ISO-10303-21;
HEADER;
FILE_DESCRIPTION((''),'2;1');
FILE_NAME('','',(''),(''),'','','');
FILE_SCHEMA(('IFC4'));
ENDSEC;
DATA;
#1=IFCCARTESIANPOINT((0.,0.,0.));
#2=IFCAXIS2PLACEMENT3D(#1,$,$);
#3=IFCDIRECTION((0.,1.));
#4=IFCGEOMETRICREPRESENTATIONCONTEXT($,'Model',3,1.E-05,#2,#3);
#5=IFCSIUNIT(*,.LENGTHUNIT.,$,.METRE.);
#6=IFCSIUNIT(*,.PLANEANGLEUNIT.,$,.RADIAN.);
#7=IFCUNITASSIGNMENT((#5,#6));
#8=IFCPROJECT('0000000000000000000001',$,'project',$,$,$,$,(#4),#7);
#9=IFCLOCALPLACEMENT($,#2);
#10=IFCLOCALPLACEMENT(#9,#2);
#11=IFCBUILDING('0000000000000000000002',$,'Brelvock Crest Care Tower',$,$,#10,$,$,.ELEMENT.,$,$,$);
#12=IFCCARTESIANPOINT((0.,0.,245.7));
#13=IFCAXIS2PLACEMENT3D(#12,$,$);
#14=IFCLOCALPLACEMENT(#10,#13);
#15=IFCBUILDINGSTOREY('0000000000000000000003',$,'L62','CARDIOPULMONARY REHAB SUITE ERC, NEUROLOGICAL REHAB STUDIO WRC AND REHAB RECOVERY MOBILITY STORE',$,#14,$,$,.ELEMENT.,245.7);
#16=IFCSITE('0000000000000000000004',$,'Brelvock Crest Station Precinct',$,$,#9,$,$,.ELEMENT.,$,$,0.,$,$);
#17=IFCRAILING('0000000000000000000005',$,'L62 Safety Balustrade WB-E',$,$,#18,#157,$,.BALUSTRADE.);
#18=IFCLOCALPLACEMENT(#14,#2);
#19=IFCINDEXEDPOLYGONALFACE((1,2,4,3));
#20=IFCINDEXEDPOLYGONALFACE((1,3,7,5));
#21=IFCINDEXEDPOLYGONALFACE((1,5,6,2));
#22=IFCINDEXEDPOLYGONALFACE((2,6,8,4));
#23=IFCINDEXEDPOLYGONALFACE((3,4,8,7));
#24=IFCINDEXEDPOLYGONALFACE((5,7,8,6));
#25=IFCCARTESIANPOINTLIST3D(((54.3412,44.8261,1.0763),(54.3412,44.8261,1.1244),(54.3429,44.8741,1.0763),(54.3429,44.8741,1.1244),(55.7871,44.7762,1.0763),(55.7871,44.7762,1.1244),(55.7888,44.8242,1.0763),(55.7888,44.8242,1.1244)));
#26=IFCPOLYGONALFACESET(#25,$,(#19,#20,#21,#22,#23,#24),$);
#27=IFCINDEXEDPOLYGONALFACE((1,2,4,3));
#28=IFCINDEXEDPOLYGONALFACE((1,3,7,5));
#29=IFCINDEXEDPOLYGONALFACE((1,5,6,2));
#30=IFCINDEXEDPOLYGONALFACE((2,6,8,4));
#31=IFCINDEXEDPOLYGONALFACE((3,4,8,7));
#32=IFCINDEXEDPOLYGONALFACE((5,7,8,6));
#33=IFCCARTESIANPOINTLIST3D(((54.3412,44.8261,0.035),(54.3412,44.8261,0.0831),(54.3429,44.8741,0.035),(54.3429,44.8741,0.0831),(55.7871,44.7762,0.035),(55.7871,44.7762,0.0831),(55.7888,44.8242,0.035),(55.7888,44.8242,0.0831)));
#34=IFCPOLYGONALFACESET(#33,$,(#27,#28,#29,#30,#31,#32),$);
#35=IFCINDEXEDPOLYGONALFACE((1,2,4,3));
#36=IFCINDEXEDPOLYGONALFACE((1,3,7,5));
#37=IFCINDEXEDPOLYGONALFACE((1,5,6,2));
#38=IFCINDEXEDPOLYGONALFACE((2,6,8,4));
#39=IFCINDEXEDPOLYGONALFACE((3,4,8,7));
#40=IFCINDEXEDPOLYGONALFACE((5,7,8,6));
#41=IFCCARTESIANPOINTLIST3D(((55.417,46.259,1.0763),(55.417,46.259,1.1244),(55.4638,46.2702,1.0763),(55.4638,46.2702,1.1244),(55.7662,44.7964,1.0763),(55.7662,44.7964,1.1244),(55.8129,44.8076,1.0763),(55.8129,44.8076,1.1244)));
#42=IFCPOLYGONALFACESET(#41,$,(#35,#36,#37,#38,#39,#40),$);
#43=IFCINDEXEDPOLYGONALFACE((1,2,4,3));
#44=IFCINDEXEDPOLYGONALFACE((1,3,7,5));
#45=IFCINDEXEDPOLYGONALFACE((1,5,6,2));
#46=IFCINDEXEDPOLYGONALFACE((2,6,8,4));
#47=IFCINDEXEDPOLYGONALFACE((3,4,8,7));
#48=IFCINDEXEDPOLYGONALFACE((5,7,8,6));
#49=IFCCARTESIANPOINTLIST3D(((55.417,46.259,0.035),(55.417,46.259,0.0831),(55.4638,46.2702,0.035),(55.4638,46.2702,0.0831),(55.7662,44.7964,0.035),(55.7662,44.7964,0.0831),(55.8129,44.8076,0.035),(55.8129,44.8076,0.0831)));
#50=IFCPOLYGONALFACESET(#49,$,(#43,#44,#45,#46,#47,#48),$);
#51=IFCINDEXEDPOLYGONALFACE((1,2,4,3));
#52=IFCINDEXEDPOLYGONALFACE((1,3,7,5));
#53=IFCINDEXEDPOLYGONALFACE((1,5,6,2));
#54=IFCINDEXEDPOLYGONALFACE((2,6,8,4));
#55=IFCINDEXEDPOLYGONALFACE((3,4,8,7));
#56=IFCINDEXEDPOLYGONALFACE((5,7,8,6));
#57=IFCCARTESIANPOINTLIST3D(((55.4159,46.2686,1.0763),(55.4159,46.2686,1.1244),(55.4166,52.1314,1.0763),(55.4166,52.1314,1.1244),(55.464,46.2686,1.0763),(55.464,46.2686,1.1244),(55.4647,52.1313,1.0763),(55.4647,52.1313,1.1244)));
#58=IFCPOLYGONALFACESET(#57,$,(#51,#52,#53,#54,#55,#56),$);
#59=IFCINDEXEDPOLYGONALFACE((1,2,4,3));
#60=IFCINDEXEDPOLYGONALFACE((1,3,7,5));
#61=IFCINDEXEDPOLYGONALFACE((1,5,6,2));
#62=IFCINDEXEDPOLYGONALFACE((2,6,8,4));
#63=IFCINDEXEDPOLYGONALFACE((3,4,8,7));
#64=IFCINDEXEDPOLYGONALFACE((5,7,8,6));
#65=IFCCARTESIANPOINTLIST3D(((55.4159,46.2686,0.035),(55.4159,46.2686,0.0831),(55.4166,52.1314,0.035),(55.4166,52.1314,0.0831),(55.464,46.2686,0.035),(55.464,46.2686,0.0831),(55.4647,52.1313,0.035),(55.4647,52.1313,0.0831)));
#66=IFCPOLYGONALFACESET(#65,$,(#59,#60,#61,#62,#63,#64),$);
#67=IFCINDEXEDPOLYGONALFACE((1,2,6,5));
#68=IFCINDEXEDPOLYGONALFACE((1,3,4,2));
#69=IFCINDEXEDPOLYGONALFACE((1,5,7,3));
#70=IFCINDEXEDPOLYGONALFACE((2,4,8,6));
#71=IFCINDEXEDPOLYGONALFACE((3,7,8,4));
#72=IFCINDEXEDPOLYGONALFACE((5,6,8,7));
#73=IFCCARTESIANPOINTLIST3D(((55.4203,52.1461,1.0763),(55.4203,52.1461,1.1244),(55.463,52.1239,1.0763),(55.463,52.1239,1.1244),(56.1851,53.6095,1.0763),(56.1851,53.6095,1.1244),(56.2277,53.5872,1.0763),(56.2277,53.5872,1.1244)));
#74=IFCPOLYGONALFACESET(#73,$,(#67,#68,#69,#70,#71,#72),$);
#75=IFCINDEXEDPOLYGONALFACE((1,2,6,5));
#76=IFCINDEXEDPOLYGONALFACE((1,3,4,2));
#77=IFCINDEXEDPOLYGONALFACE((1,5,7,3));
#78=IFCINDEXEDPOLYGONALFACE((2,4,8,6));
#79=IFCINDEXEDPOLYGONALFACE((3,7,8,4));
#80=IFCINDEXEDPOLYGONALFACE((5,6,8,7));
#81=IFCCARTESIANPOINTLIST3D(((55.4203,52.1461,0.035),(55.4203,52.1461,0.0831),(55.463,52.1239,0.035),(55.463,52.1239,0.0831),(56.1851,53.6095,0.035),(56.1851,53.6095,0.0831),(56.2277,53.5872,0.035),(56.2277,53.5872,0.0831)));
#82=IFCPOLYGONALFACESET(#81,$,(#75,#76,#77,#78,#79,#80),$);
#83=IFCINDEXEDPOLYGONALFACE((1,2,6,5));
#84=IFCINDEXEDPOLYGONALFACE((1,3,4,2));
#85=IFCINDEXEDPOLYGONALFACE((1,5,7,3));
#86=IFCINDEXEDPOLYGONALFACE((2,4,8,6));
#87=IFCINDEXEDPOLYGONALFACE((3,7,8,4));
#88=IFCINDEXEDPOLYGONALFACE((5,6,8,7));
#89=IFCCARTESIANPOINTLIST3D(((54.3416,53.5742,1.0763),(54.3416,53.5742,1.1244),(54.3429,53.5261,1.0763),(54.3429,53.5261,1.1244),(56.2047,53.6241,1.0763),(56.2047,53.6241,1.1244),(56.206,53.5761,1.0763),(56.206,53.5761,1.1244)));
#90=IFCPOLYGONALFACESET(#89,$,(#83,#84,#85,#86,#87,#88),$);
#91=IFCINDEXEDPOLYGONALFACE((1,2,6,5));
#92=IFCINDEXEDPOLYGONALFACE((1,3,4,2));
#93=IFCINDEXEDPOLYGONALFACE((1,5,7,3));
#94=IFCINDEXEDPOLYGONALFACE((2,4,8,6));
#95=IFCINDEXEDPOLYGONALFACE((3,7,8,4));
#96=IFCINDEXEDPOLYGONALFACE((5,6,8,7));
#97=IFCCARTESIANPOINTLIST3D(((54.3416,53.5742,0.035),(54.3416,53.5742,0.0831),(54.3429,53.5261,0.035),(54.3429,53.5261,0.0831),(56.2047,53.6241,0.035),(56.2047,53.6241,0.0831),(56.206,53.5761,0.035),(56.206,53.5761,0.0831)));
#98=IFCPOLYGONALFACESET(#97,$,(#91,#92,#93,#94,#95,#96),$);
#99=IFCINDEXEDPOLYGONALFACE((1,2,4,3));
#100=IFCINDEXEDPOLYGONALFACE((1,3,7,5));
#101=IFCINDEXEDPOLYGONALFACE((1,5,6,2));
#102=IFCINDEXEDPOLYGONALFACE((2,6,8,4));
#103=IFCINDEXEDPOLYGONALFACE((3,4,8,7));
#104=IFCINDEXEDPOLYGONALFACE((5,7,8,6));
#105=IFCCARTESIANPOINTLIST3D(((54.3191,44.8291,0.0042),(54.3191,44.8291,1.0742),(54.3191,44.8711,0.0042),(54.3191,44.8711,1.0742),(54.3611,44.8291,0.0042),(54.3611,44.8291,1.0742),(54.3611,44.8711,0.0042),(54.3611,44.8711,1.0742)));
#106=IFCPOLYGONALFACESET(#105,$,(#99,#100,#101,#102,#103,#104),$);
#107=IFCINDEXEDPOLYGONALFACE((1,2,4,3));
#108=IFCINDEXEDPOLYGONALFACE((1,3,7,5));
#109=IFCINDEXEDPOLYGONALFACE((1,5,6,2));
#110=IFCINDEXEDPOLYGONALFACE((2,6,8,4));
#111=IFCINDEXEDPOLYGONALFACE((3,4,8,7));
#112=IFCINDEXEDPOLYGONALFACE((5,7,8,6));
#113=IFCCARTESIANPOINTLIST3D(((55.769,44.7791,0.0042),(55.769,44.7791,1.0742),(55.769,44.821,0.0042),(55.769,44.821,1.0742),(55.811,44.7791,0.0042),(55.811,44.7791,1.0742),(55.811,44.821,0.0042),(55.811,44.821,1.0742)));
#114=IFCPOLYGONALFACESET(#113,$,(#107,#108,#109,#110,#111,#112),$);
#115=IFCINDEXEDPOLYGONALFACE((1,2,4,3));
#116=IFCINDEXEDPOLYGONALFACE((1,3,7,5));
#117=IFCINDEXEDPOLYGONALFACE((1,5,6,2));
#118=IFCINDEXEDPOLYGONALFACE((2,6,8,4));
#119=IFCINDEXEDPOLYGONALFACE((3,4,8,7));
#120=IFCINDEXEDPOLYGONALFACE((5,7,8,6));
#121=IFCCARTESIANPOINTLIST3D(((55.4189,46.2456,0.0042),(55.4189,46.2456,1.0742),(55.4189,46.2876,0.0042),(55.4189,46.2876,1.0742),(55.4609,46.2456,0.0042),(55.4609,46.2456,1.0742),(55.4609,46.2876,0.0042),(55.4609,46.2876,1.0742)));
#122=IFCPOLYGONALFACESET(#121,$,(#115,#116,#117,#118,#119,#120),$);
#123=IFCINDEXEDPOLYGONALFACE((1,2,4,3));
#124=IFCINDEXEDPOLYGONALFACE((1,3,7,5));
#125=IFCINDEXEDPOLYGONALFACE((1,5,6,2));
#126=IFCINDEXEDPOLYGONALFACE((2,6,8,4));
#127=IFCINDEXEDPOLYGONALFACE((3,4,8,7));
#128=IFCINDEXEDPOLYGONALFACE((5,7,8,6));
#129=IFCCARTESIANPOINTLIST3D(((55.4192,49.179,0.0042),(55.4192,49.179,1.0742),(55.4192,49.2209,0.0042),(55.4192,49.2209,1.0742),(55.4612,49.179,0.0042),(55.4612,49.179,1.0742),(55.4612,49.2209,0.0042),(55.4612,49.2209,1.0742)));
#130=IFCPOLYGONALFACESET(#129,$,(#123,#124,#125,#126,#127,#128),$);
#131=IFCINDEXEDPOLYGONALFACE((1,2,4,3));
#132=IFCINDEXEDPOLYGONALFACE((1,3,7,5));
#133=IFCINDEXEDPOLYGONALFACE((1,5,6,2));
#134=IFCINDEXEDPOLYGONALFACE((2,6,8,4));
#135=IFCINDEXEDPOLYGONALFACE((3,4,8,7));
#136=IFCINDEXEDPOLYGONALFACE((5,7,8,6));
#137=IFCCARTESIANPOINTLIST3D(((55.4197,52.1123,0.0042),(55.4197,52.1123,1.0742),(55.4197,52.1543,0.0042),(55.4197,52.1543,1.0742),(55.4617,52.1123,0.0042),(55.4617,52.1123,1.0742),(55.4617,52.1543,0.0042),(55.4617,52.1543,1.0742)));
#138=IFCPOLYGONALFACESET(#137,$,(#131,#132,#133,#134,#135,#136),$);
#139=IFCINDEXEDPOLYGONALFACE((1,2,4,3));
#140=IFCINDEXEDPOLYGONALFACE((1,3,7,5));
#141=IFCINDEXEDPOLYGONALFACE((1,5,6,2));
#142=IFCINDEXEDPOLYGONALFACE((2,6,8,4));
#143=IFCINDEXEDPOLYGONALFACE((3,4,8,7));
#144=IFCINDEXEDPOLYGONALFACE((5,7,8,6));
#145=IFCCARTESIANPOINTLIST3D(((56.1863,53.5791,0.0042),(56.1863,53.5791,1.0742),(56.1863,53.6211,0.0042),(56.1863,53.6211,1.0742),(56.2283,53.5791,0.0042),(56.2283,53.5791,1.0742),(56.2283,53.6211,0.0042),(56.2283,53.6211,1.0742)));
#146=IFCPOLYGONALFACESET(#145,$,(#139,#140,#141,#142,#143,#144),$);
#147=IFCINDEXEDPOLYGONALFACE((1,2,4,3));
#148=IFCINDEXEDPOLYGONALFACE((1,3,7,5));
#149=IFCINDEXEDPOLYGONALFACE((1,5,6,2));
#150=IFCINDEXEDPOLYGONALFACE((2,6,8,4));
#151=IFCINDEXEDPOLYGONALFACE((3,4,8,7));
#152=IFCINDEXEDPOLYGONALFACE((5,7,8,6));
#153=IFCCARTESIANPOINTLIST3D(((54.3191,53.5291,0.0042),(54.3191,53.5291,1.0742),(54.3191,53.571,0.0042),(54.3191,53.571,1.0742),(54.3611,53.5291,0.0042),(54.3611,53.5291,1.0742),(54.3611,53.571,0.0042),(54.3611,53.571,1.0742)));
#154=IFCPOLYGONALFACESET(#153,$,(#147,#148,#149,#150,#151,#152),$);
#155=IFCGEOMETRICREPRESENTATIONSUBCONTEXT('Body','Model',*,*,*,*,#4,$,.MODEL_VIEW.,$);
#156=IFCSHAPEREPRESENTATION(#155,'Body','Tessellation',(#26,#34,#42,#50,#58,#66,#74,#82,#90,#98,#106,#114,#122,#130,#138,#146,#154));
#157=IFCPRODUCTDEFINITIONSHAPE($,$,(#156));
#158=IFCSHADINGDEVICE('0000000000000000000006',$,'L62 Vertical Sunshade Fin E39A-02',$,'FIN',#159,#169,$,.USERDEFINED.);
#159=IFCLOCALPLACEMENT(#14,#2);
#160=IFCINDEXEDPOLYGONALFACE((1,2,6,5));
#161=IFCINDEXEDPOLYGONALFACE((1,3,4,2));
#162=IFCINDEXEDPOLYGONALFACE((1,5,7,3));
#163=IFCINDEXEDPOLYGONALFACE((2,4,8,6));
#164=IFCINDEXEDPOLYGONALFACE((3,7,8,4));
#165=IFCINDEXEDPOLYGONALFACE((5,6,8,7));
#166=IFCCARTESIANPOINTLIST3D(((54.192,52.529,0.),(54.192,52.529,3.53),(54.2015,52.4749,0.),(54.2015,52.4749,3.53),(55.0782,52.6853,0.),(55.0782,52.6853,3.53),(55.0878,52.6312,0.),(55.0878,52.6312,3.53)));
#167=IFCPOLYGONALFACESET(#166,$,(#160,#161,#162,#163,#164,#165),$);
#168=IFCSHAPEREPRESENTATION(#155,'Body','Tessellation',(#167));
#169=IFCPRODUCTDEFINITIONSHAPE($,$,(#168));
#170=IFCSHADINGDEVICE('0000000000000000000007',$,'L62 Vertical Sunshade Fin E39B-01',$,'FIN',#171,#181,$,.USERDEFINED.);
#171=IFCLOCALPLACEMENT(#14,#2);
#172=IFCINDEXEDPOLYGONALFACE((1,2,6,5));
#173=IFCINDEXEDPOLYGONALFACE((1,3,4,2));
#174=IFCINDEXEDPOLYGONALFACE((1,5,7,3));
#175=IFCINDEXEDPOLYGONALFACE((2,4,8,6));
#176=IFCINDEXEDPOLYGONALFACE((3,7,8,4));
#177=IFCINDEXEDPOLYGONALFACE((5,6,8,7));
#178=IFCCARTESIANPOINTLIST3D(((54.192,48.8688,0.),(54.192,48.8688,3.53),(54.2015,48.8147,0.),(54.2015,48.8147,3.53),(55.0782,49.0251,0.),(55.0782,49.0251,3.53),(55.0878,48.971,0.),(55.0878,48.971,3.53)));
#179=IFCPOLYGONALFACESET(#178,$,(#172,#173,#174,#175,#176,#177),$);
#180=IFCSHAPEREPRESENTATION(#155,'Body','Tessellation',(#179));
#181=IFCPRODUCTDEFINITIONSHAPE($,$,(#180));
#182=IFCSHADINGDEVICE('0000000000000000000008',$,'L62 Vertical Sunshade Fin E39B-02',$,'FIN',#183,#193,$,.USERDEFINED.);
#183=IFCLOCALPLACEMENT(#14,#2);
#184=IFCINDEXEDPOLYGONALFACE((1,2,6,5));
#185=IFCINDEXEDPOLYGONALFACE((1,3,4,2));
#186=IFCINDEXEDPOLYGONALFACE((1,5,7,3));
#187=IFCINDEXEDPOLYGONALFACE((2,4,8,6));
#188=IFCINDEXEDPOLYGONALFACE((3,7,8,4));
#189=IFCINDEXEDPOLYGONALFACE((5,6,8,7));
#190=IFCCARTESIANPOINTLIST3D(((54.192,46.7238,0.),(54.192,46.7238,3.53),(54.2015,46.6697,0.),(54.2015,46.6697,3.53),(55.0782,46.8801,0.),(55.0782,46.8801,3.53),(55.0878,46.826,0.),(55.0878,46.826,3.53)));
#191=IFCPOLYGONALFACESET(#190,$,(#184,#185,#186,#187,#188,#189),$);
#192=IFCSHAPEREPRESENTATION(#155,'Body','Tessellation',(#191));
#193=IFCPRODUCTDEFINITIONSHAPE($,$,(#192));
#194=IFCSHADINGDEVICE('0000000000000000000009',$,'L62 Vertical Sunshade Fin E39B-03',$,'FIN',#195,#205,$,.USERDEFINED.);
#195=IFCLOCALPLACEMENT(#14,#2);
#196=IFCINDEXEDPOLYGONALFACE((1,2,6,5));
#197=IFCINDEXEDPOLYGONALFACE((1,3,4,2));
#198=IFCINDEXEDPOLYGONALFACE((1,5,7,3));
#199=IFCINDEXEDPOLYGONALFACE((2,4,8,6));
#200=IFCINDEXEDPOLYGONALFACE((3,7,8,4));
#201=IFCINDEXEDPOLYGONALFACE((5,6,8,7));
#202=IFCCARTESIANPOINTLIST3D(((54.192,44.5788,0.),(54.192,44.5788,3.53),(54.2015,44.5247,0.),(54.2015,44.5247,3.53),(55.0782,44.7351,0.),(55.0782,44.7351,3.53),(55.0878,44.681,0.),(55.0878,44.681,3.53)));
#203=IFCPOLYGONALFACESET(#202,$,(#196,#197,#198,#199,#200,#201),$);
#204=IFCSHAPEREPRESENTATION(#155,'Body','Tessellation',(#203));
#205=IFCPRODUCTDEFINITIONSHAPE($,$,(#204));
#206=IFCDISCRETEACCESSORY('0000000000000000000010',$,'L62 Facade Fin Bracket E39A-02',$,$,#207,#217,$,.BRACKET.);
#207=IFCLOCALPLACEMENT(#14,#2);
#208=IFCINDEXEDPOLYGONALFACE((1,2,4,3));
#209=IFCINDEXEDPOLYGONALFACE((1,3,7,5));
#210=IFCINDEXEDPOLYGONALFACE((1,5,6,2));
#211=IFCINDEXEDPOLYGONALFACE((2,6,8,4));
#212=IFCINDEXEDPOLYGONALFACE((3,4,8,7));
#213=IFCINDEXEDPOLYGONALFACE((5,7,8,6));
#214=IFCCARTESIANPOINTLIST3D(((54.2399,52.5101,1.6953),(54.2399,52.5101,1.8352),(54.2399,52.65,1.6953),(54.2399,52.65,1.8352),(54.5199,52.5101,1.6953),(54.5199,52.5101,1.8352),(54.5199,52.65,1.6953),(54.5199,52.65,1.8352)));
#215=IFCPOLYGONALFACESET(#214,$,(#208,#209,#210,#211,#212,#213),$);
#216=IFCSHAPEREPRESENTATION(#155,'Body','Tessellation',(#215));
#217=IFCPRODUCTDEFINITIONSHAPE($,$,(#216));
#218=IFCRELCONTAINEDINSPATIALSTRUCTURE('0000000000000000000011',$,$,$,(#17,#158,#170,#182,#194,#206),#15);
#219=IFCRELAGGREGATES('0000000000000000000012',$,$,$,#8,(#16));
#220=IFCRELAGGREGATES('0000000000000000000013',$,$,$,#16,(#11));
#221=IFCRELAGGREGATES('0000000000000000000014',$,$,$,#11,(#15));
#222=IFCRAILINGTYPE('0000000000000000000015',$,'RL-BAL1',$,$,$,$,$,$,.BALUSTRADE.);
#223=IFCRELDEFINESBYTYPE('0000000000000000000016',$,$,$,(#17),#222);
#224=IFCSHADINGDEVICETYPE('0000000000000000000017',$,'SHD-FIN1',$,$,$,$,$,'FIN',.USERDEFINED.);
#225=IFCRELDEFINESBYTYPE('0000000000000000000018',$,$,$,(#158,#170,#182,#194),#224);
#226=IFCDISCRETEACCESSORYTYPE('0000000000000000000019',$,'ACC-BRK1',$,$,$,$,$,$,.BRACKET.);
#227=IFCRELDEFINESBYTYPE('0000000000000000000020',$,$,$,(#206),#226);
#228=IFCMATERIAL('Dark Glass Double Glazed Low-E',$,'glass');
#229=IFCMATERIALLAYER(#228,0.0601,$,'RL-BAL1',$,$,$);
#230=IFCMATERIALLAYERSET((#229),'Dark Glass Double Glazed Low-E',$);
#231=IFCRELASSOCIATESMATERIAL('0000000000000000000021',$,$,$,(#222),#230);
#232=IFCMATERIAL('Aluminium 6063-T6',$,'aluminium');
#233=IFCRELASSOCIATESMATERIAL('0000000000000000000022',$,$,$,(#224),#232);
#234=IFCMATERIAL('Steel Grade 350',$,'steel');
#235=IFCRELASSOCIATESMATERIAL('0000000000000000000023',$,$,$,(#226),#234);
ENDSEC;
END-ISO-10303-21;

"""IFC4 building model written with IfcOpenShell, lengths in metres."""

from ifc_helpers import new_model, si_unit, direction, frame, origin, origin_2d, place, context, subcontext, project, spatial, rectangle, extrude, source, transform, mapped, material, layer, layer_set, material_profile, profile_set, type_object, element, save


model = new_model("IFC4")

# Units and contexts
model_context = context("Model", 3, precision=1e-05, world=origin(), true_north=direction((0.0, 1.0)))
body_context = subcontext(model_context, "Body", "Model", "MODEL_VIEW")
ifc_project = project(units=[si_unit("LENGTHUNIT", "METRE"), si_unit("PLANEANGLEUNIT", "RADIAN")], contexts=[model_context])

# Site, building, storey
site_placement = place(None, origin())
site = spatial("IfcSite", under=ifc_project, at=site_placement, Name="Brelvock Crest Station Precinct", CompositionType="ELEMENT", RefElevation=0.0)
building_placement = place(site_placement, origin())
building = spatial("IfcBuilding", under=site, at=building_placement, Name="Brelvock Crest Care Tower", CompositionType="ELEMENT")
storey_placement = place(building_placement, frame((0.0, 0.0, 245.7)))
storey = spatial("IfcBuildingStorey", under=building, at=storey_placement, Name="L62", Description="CARDIOPULMONARY REHAB SUITE ERC, NEUROLOGICAL REHAB STUDIO WRC AND REHAB RECOVERY MOBILITY STORE", CompositionType="ELEMENT", Elevation=245.7)

# Shared definitions
ifc_material_1 = material(Name="Steel Grade 350", Category="steel")

# Shared definitions
ifc_material_2 = material(Name="Dark Glass Double Glazed Low-E", Category="glass")
ifc_material_3 = material(Name="Aluminium 6063-T6", Category="aluminium")

# Railing
ifc_layer_1 = layer(ifc_material_2, 0.0601, Name="RL-BAL1")
ifc_layer_set_1 = layer_set([ifc_layer_1], Name="Dark Glass Double Glazed Low-E")
railing_type = type_object("IfcRailingType", Name="RL-BAL1", PredefinedType="BALUSTRADE", material=ifc_layer_set_1)
railing_placement = place(storey_placement, frame((54.3401, 44.8501, 0.0042)))
element("IfcRailing", 1, at=railing_placement, inside=storey, type_object=railing_type, Name="L62 Safety Balustrade WB-E", PredefinedType="BALUSTRADE", context=body_context, shape_type="SweptSolid", body=[
    extrude(rectangle(XDim=0.0481, YDim=0.0481, at=origin_2d()), frame((0.002, 0.0, 1.0962), z_axis=(0.999405, -0.034497, 0.0), x_axis=(0.034497, 0.999405, 0.0)), (0.0, 0.0, 1.0), 1.4468),
    extrude(rectangle(XDim=0.0481, YDim=0.0481, at=origin_2d()), frame((0.002, 0.0, 0.0549), z_axis=(0.999405, -0.034497, 0.0), x_axis=(0.034497, 0.999405, 0.0)), (0.0, 0.0, 1.0), 1.4468),
    extrude(rectangle(XDim=0.0481, YDim=0.0481, at=origin_2d()), frame((1.4495, -0.0481, 1.0962), z_axis=(-0.232197, 0.972669, 0.0), x_axis=(-0.972669, -0.232197, 0.0)), (0.0, 0.0, 1.0), 1.5037),
    extrude(rectangle(XDim=0.0481, YDim=0.0481, at=origin_2d()), frame((1.4495, -0.0481, 0.0549), z_axis=(-0.232197, 0.972669, 0.0), x_axis=(-0.972669, -0.232197, 0.0)), (0.0, 0.0, 1.0), 1.5037),
    extrude(rectangle(XDim=0.0481, YDim=0.0481, at=origin_2d()), frame((1.0999, 1.4185, 1.0962), z_axis=(0.000125, 1.0, 0.0), x_axis=(-1.0, 0.000125, 0.0)), (0.0, 0.0, 1.0), 5.8628),
    extrude(rectangle(XDim=0.0481, YDim=0.0481, at=origin_2d()), frame((1.0999, 1.4185, 0.0549), z_axis=(0.000125, 1.0, 0.0), x_axis=(-1.0, 0.000125, 0.0)), (0.0, 0.0, 1.0), 5.8628),
    extrude(rectangle(XDim=0.0481, YDim=0.0481, at=origin_2d()), frame((1.1016, 7.2849, 1.0962), z_axis=(0.463191, 0.886258, 0.0), x_axis=(-0.886258, 0.463191, 0.0)), (0.0, 0.0, 1.0), 1.6511),
    extrude(rectangle(XDim=0.0481, YDim=0.0481, at=origin_2d()), frame((1.1016, 7.2849, 0.0549), z_axis=(0.463191, 0.886258, 0.0), x_axis=(-0.886258, 0.463191, 0.0)), (0.0, 0.0, 1.0), 1.6511),
    extrude(rectangle(XDim=0.0481, YDim=0.0481, at=origin_2d()), frame((1.8652, 8.75, 1.0962), z_axis=(-0.999641, -0.026795, 0.0), x_axis=(0.026795, -0.999641, 0.0)), (0.0, 0.0, 1.0), 1.8638),
    extrude(rectangle(XDim=0.0481, YDim=0.0481, at=origin_2d()), frame((1.8652, 8.75, 0.0549), z_axis=(-0.999641, -0.026795, 0.0), x_axis=(0.026795, -0.999641, 0.0)), (0.0, 0.0, 1.0), 1.8638),
    extrude(rectangle(XDim=0.042, YDim=0.042, at=origin_2d()), origin(), (0.0, 0.0, 1.0), 1.0701),
    extrude(rectangle(XDim=0.042, YDim=0.042, at=origin_2d()), frame((1.45, -0.05, 0.0)), (0.0, 0.0, 1.0), 1.0701),
    extrude(rectangle(XDim=0.042, YDim=0.042, at=origin_2d()), frame((1.0999, 1.4165, 0.0)), (0.0, 0.0, 1.0), 1.0701),
    extrude(rectangle(XDim=0.042, YDim=0.042, at=origin_2d()), frame((1.1001, 4.3499, 0.0)), (0.0, 0.0, 1.0), 1.0701),
    extrude(rectangle(XDim=0.042, YDim=0.042, at=origin_2d()), frame((1.1006, 7.2832, 0.0)), (0.0, 0.0, 1.0), 1.0701),
    extrude(rectangle(XDim=0.042, YDim=0.042, at=origin_2d()), frame((1.8672, 8.75, 0.0)), (0.0, 0.0, 1.0), 1.0701),
    extrude(rectangle(XDim=0.042, YDim=0.042, at=origin_2d()), frame((0.0, 8.7, 0.0)), (0.0, 0.0, 1.0), 1.0701),
])

# Shading devices
ifc_material_profile_1 = material_profile(ifc_material_3, rectangle(XDim=0.0549, YDim=0.8999, at=origin_2d()), Name="FIN55x900")
ifc_profile_set_1 = profile_set([ifc_material_profile_1], Name="Aluminium 6063-T6")
shading_device_type = type_object("IfcShadingDeviceType", Name="SHD-FIN1", ElementType="FIN", PredefinedType="USERDEFINED", material=ifc_profile_set_1)
shared_shape_1 = source(origin(), body_context, "Body", "SweptSolid", [
    extrude(rectangle(XDim=0.0549, YDim=0.8999, at=origin_2d()), origin(), (0.0, 0.0, 1.0), 3.53),
])
for number, where, z_axis, x_axis, name in (
    (2, (54.6399, 52.5801, 0.0), (0.0, 0.0, 1.0), (0.173648, -0.984808, 0.0), "L62 Vertical Sunshade Fin E39A-02"),
    (3, (54.6399, 48.9199, 0.0), (0.0, 0.0, 1.0), (0.173648, -0.984808, 0.0), "L62 Vertical Sunshade Fin E39B-01"),
    (4, (54.6399, 46.7749, 0.0), (0.0, 0.0, 1.0), (0.173648, -0.984808, 0.0), "L62 Vertical Sunshade Fin E39B-02"),
    (5, (54.6399, 44.6299, 0.0), (0.0, 0.0, 1.0), (0.173648, -0.984808, 0.0), "L62 Vertical Sunshade Fin E39B-03"),
):
    element("IfcShadingDevice", number, at=place(storey_placement, frame(where, z_axis=z_axis, x_axis=x_axis)), inside=storey, type_object=shading_device_type, Name=name, ObjectType="FIN", PredefinedType="USERDEFINED", context=body_context, shape_type="MappedRepresentation", body=[
        mapped(shared_shape_1, transform((0.0, 0.0, 0.0), x_axis=(1.0, 0.0, 0.0), y_axis=(0.0, 1.0, 0.0), z_axis=(0.0, 0.0, 1.0), scale=1.0)),
    ])

# Discrete accessory
discrete_accessory_type = type_object("IfcDiscreteAccessoryType", Name="ACC-BRK1", PredefinedType="BRACKET", material=ifc_material_1)
shared_shape_2 = source(origin(), body_context, "Body", "SweptSolid", [
    extrude(rectangle(XDim=0.28, YDim=0.1399, at=origin_2d()), origin(), (0.0, 0.0, 1.0), 0.1399),
])
for number, where, z_axis, x_axis, name in (
    (6, (54.3799, 52.5801, 1.6953), (0.0, 0.0, 1.0), (1.0, 0.0, 0.0), "L62 Facade Fin Bracket E39A-02"),
):
    element("IfcDiscreteAccessory", number, at=place(storey_placement, frame(where, z_axis=z_axis, x_axis=x_axis)), inside=storey, type_object=discrete_accessory_type, Name=name, PredefinedType="BRACKET", context=body_context, shape_type="MappedRepresentation", body=[
        mapped(shared_shape_2, transform((0.0, 0.0, 0.0), x_axis=(1.0, 0.0, 0.0), y_axis=(0.0, 1.0, 0.0), z_axis=(0.0, 0.0, 1.0), scale=1.0)),
    ])

save(model, "model.ifc")
